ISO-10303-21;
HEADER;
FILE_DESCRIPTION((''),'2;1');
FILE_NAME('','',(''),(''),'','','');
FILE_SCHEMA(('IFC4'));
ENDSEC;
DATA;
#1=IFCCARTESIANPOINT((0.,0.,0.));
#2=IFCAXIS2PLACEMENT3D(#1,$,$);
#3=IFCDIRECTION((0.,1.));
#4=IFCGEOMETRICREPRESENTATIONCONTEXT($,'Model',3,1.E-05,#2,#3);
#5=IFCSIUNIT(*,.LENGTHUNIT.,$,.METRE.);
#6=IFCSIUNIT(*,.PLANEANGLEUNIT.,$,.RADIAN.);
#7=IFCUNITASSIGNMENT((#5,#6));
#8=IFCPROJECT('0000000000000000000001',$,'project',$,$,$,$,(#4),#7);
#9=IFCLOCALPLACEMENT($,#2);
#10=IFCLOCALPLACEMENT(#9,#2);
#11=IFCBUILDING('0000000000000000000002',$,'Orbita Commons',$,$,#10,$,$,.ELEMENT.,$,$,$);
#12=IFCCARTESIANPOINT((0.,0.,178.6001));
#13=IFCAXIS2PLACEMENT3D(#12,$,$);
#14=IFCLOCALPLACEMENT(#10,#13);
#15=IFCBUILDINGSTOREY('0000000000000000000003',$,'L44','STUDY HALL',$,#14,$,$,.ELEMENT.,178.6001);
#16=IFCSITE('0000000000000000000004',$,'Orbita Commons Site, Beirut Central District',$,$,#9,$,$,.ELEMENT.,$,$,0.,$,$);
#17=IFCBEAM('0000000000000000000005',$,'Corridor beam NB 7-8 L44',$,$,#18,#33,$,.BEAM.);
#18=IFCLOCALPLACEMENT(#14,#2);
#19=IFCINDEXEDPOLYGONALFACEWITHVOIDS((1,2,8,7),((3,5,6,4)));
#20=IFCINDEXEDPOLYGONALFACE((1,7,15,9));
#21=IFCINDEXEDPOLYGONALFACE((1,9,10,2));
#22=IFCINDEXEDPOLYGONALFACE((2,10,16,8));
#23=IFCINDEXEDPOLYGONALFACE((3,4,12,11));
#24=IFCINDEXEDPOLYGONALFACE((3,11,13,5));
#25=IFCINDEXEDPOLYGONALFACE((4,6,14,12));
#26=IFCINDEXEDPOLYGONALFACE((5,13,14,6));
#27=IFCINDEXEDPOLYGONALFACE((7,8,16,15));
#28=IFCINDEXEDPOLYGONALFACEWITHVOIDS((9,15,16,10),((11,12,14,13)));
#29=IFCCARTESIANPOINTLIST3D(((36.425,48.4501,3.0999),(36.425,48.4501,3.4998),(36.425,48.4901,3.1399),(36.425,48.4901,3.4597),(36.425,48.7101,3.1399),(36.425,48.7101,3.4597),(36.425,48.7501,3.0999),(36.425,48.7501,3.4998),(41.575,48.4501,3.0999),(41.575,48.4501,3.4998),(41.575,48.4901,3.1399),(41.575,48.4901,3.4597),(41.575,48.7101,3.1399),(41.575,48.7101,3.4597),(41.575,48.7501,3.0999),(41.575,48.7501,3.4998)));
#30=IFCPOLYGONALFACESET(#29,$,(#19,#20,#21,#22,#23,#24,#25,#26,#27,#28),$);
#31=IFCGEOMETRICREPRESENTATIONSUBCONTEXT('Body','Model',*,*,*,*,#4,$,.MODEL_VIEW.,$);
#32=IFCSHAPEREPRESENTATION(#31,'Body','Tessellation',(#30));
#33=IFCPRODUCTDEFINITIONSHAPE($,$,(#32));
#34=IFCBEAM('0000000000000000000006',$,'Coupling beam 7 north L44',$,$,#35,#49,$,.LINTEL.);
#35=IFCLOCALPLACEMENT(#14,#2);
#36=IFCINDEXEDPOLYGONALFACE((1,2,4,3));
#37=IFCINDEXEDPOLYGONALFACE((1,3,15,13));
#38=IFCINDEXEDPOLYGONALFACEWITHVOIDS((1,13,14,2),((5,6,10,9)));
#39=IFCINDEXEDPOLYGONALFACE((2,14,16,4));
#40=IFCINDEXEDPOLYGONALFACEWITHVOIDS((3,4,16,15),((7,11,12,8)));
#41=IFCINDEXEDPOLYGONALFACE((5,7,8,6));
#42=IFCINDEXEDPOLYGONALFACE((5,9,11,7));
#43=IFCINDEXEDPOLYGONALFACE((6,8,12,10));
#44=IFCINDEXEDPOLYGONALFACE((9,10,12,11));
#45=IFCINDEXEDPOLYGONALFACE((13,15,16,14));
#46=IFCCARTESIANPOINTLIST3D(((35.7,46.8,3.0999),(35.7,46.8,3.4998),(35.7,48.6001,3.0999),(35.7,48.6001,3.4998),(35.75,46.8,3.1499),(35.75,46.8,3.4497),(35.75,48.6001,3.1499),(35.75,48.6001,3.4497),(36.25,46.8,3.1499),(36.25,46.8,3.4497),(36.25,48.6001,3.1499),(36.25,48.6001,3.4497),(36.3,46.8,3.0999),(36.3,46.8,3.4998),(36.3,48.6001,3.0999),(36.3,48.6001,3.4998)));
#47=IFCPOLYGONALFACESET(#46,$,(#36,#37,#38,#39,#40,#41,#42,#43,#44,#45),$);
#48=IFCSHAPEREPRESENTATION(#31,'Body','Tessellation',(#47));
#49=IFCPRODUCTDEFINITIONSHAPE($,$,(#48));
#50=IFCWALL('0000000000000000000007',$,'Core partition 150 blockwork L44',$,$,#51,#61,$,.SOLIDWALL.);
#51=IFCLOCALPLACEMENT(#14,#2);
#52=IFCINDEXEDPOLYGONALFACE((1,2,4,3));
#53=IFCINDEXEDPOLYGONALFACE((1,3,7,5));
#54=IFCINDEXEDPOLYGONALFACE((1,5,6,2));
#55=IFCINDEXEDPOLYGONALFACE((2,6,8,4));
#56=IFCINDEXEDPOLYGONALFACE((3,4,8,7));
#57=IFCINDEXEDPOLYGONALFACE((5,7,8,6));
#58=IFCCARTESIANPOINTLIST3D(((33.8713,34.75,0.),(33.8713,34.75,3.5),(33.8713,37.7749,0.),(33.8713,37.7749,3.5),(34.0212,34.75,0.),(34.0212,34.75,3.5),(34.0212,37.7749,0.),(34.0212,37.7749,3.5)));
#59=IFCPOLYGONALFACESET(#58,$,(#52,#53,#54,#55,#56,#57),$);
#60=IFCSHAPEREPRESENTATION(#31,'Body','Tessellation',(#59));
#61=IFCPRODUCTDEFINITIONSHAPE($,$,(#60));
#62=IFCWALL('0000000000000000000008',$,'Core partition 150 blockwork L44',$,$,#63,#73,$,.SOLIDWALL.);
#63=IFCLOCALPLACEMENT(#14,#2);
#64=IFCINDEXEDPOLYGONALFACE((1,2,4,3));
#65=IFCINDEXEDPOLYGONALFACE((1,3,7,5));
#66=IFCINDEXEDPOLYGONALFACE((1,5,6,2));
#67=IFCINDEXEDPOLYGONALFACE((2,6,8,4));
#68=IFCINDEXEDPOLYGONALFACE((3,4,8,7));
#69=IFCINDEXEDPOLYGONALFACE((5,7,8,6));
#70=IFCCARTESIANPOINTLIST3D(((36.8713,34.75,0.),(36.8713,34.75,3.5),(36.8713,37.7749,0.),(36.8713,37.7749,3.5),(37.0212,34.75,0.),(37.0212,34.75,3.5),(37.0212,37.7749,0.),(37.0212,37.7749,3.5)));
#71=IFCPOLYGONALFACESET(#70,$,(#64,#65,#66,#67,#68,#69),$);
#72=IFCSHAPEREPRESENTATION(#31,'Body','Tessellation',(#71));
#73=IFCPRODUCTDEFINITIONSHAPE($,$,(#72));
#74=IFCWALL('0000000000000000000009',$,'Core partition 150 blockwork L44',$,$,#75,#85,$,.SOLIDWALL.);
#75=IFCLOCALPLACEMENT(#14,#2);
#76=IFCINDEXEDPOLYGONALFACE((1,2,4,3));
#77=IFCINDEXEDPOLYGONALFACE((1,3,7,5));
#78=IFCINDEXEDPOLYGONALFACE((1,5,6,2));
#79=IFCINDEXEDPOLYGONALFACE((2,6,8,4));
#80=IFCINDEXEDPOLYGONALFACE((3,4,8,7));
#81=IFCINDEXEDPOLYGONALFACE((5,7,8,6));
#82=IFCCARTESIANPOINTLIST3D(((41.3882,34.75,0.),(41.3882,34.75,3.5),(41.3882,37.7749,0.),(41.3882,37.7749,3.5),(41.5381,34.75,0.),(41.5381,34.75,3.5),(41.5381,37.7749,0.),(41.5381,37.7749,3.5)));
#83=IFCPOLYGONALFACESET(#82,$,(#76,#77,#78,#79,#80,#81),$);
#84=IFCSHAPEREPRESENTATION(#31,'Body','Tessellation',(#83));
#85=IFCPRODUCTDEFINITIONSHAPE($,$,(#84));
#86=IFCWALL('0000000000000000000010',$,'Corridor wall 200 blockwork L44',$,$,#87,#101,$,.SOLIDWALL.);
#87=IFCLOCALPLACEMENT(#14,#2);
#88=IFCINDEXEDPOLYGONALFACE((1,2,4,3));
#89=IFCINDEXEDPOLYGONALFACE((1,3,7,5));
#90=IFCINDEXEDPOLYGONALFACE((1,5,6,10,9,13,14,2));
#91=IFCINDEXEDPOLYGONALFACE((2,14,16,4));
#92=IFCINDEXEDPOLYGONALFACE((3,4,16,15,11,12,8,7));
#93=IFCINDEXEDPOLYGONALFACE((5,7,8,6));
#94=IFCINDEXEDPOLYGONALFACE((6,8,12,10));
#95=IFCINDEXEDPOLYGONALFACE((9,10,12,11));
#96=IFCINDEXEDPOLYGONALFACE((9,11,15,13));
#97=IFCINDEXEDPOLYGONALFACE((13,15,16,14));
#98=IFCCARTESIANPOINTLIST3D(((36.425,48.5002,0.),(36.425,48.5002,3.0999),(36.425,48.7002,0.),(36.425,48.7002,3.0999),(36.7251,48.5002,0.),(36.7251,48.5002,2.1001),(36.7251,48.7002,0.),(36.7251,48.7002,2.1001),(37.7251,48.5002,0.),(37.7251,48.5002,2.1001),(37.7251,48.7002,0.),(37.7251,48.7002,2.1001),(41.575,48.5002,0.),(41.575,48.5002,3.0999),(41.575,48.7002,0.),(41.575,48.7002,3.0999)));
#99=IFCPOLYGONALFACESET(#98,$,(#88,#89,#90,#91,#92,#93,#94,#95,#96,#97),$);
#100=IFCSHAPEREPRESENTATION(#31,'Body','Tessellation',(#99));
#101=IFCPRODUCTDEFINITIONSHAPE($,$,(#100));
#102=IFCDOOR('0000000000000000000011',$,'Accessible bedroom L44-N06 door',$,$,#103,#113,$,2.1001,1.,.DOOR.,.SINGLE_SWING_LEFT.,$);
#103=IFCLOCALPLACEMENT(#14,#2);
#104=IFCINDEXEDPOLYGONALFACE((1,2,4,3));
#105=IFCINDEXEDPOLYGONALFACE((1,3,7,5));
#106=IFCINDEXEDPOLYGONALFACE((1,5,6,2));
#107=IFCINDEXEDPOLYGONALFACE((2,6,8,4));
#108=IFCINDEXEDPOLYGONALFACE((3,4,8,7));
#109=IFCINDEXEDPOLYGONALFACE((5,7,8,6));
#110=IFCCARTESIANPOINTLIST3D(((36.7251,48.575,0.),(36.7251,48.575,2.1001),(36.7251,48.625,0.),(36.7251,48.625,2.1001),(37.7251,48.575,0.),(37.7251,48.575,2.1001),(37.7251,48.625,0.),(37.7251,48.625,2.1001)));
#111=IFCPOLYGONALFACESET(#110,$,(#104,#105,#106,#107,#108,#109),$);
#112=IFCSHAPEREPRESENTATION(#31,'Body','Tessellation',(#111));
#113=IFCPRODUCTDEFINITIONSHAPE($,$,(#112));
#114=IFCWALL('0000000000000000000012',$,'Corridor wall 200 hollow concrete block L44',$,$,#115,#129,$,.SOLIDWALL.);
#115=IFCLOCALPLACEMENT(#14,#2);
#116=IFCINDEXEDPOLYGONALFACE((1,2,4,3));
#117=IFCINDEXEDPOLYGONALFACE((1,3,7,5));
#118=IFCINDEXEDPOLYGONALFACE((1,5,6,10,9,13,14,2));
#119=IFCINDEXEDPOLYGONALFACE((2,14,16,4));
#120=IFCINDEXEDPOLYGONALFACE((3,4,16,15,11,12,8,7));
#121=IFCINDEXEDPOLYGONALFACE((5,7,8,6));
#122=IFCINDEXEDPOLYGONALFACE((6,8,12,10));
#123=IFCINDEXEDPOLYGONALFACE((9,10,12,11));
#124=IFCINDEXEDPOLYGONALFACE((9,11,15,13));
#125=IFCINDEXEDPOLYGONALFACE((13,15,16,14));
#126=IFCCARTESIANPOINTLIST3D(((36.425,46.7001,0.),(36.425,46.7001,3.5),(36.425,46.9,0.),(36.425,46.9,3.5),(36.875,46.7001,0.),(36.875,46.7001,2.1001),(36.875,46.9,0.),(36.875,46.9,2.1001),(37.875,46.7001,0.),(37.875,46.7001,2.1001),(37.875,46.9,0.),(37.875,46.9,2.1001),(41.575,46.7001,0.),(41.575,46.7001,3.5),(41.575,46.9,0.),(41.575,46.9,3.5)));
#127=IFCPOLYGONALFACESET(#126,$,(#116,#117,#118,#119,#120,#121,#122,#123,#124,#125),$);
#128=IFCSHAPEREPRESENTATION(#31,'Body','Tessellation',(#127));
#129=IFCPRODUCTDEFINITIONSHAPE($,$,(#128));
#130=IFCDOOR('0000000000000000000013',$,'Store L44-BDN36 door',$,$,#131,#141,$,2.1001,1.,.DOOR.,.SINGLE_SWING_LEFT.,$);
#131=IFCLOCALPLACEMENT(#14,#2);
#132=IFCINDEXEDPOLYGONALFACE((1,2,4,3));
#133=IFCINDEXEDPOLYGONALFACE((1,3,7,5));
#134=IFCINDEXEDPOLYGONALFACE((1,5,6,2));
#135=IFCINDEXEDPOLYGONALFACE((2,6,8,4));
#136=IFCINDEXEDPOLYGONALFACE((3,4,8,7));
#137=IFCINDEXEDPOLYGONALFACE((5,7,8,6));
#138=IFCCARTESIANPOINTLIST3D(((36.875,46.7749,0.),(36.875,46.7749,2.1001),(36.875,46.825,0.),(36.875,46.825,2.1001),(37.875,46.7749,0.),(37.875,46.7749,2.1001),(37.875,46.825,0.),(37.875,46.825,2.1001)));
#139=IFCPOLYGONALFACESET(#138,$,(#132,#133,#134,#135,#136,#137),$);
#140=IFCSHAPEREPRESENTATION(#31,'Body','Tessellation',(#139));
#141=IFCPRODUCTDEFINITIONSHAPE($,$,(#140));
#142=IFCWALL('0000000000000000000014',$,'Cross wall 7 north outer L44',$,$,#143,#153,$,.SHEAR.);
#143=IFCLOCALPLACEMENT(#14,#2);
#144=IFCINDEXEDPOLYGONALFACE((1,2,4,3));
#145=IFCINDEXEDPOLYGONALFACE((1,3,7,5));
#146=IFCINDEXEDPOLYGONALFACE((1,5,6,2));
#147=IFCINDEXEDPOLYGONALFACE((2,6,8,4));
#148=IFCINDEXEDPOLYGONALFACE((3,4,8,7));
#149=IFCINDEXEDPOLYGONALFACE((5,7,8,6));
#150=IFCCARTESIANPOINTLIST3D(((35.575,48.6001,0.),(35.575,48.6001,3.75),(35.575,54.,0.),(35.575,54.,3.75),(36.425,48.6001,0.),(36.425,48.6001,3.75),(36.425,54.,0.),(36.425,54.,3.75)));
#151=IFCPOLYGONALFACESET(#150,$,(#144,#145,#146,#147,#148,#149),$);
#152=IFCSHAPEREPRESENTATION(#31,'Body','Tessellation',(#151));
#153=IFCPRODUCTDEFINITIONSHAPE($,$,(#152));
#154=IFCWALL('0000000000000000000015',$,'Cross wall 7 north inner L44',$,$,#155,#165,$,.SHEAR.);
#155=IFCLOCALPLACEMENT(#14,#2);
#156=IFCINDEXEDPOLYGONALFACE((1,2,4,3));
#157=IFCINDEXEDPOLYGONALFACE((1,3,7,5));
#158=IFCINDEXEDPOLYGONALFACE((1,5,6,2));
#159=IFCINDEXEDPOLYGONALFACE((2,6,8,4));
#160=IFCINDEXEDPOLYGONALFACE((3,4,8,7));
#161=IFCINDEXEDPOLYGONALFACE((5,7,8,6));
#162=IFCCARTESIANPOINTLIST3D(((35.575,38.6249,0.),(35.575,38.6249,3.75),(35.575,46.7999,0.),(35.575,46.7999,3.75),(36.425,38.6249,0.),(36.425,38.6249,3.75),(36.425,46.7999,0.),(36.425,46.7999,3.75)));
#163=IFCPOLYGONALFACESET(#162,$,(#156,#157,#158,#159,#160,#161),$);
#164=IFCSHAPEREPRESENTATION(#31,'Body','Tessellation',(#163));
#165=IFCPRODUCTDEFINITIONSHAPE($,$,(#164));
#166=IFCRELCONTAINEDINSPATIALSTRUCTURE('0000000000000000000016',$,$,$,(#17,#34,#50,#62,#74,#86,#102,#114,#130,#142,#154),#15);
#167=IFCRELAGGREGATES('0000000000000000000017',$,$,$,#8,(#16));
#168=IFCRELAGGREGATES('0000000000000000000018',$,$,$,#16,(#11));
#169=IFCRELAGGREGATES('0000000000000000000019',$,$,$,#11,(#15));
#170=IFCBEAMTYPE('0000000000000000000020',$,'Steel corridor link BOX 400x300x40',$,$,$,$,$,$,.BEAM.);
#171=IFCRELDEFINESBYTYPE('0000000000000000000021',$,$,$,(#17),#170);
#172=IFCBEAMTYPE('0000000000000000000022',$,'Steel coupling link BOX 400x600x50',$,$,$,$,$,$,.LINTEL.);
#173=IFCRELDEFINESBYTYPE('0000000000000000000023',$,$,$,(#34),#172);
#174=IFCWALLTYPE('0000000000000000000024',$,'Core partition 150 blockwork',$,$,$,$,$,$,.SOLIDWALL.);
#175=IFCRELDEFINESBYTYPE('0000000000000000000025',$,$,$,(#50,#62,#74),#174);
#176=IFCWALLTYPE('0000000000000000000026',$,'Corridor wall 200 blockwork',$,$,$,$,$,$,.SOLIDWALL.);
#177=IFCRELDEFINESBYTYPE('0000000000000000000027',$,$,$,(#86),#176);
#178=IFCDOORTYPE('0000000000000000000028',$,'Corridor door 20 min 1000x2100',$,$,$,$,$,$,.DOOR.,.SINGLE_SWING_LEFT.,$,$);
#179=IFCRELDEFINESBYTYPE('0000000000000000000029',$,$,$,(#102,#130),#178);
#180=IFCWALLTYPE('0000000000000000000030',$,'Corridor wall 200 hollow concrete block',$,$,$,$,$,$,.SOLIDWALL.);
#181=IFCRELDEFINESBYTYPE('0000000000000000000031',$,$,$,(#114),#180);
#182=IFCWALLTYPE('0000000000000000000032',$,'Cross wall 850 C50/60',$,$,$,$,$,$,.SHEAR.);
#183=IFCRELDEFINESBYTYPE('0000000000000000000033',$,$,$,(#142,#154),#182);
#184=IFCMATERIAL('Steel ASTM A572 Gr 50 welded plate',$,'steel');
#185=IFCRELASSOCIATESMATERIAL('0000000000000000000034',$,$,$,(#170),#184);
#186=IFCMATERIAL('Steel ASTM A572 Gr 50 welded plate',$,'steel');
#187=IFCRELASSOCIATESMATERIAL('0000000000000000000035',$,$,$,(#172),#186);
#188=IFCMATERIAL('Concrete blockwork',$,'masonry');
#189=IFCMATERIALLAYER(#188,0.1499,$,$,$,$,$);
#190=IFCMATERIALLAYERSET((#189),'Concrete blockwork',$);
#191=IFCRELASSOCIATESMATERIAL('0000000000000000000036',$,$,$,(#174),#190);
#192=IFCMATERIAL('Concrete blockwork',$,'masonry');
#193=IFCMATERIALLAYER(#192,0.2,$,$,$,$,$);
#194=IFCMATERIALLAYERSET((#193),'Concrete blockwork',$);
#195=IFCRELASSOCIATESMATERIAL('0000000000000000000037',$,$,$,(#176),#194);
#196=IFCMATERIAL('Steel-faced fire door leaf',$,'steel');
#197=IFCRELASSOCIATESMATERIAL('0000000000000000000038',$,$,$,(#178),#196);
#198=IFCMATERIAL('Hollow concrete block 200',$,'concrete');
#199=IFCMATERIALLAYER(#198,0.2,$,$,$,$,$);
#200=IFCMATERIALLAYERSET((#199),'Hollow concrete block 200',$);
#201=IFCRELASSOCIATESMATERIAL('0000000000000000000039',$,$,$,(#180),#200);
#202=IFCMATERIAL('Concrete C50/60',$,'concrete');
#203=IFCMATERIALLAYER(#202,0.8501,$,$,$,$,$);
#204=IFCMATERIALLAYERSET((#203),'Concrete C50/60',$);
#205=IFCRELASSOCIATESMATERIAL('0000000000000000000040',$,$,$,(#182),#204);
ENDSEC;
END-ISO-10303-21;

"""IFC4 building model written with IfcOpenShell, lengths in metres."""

from ifc_helpers import new_model, si_unit, direction, frame, frame_2d, origin, origin_2d, place, context, subcontext, project, spatial, polyline, rectangle, hollow_rectangle, outline, extrude, material, layer, layer_set, material_profile, profile_set, type_object, element, fill, save


model = new_model("IFC4")

# Units and contexts
model_context = context("Model", 3, precision=1e-05, world=origin(), true_north=direction((0.0, 1.0)))
body_context = subcontext(model_context, "Body", "Model", "MODEL_VIEW")
ifc_project = project(units=[si_unit("LENGTHUNIT", "METRE"), si_unit("PLANEANGLEUNIT", "RADIAN")], contexts=[model_context])

# Site, building, storey
site_placement = place(None, origin())
site = spatial("IfcSite", under=ifc_project, at=site_placement, Name="Orbita Commons Site, Beirut Central District", CompositionType="ELEMENT", RefElevation=0.0)
building_placement = place(site_placement, origin())
building = spatial("IfcBuilding", under=site, at=building_placement, Name="Orbita Commons", CompositionType="ELEMENT")
storey_placement = place(building_placement, frame((0.0, 0.0, 178.6001)))
storey = spatial("IfcBuildingStorey", under=building, at=storey_placement, Name="L44", Description="STUDY HALL", CompositionType="ELEMENT", Elevation=178.6001)

# Beams
ifc_material_1 = material(Name="Steel ASTM A572 Gr 50 welded plate", Category="steel")
ifc_material_profile_1 = material_profile(ifc_material_1, hollow_rectangle(XDim=0.3, YDim=0.3999, WallThickness=0.04, at=origin_2d()), Name="BOX 400x300x40")
ifc_profile_set_1 = profile_set([ifc_material_profile_1], Name="Steel ASTM A572 Gr 50 welded plate")
beam_type_1 = type_object("IfcBeamType", Name="Steel corridor link BOX 400x300x40", PredefinedType="BEAM", material=ifc_profile_set_1)
beam_1_placement = place(storey_placement, frame((36.425, 48.6001, 3.2998), z_axis=(1.0, 0.0, 0.0), x_axis=(0.0, 1.0, 0.0)))
element("IfcBeam", 1, at=beam_1_placement, inside=storey, type_object=beam_type_1, Name="Corridor beam NB 7-8 L44", PredefinedType="BEAM", context=body_context, shape_type="SweptSolid", body=[
    extrude(hollow_rectangle(XDim=0.3, YDim=0.3999, WallThickness=0.04, at=origin_2d()), origin(), (0.0, 0.0, 1.0), 5.1499),
])
ifc_material_2 = material(Name="Steel ASTM A572 Gr 50 welded plate", Category="steel")
ifc_material_profile_2 = material_profile(ifc_material_2, hollow_rectangle(XDim=0.6001, YDim=0.3999, WallThickness=0.05, at=origin_2d()), Name="BOX 400x600x50")
ifc_profile_set_2 = profile_set([ifc_material_profile_2], Name="Steel ASTM A572 Gr 50 welded plate")
beam_type_2 = type_object("IfcBeamType", Name="Steel coupling link BOX 400x600x50", PredefinedType="LINTEL", material=ifc_profile_set_2)
beam_2_placement = place(storey_placement, frame((36.0, 46.8, 3.2998), z_axis=(0.0, 1.0, 0.0), x_axis=(-1.0, 0.0, 0.0)))
element("IfcBeam", 2, at=beam_2_placement, inside=storey, type_object=beam_type_2, Name="Coupling beam 7 north L44", PredefinedType="LINTEL", context=body_context, shape_type="SweptSolid", body=[
    extrude(hollow_rectangle(XDim=0.6001, YDim=0.3999, WallThickness=0.05, at=origin_2d()), origin(), (0.0, 0.0, 1.0), 1.8),
])

# Walls
ifc_material_3 = material(Name="Concrete blockwork", Category="masonry")
ifc_layer_1 = layer(ifc_material_3, 0.1499)
ifc_layer_set_1 = layer_set([ifc_layer_1], Name="Concrete blockwork")
wall_type_1 = type_object("IfcWallType", Name="Core partition 150 blockwork", PredefinedType="SOLIDWALL", material=ifc_layer_set_1)
for number, where, z_axis, x_axis, name in (
    (3, (33.9463, 34.75, 0.0), (0.0, 0.0, 1.0), (0.0, 1.0, 0.0), "Core partition 150 blockwork L44"),
    (4, (36.9463, 34.75, 0.0), (0.0, 0.0, 1.0), (0.0, 1.0, 0.0), "Core partition 150 blockwork L44"),
    (5, (41.4631, 34.75, 0.0), (0.0, 0.0, 1.0), (0.0, 1.0, 0.0), "Core partition 150 blockwork L44"),
):
    element("IfcWall", number, at=place(storey_placement, frame(where, z_axis=z_axis, x_axis=x_axis)), inside=storey, type_object=wall_type_1, Name=name, PredefinedType="SOLIDWALL", context=body_context, shape_type="SweptSolid", body=[
        extrude(rectangle(XDim=3.0249, YDim=0.1499, at=frame_2d((1.5125, 0.0))), origin(), (0.0, 0.0, 1.0), 3.5),
    ])

# Walls, openings, doors
ifc_material_4 = material(Name="Concrete blockwork", Category="masonry")
ifc_layer_2 = layer(ifc_material_4, 0.2)
ifc_layer_set_2 = layer_set([ifc_layer_2], Name="Concrete blockwork")
wall_type_2 = type_object("IfcWallType", Name="Corridor wall 200 blockwork", PredefinedType="SOLIDWALL", material=ifc_layer_set_2)
wall_1_placement = place(storey_placement, frame((36.425, 48.6001, 0.0), z_axis=(0.0, 0.0, 1.0), x_axis=(1.0, 0.0, 0.0)))
wall_1 = element("IfcWall", 6, at=wall_1_placement, inside=storey, type_object=wall_type_2, Name="Corridor wall 200 blockwork L44", PredefinedType="SOLIDWALL", context=body_context, shape_type="SweptSolid", body=[
    extrude(outline(polyline([(0.0, 0.0), (5.1499, 0.0), (5.1499, 3.0999), (0.0, 3.0999), (0.0, 0.0)])), frame((0.0, 0.1001, 0.0), z_axis=(0.0, -1.0, 0.0), x_axis=(1.0, 0.0, 0.0)), (0.0, 0.0, 1.0), 0.2),
])
opening_1_placement = place(wall_1_placement, frame((0.3, 0.0, 0.0)))
opening_1 = element("IfcOpeningElement", 7, at=opening_1_placement, cuts=wall_1, PredefinedType="OPENING", context=body_context, shape_type="SweptSolid", body=[
    extrude(rectangle(XDim=1.0, YDim=2.1001, at=frame_2d((0.5, 1.05))), frame((0.0, 0.1099, 0.0), z_axis=(0.0, -1.0, 0.0), x_axis=(1.0, 0.0, 0.0)), (0.0, 0.0, 1.0), 0.22),
])
ifc_material_5 = material(Name="Steel-faced fire door leaf", Category="steel")
door_type_1 = type_object("IfcDoorType", Name="Corridor door 20 min 1000x2100", OperationType="SINGLE_SWING_LEFT", PredefinedType="DOOR", material=ifc_material_5)
door_1_placement = place(opening_1_placement, origin())
door_1 = element("IfcDoor", 8, at=door_1_placement, inside=storey, type_object=door_type_1, Name="Accessible bedroom L44-N06 door", OperationType="SINGLE_SWING_LEFT", OverallHeight=2.1001, OverallWidth=1.0, PredefinedType="DOOR", context=body_context, shape_type="SweptSolid", body=[
    extrude(rectangle(XDim=1.0, YDim=2.1001, at=frame_2d((0.5, 1.05))), frame((0.0, 0.0249, 0.0), z_axis=(0.0, -1.0, 0.0), x_axis=(1.0, 0.0, 0.0)), (0.0, 0.0, 1.0), 0.05),
])
fill(opening_1, door_1)
ifc_material_6 = material(Name="Hollow concrete block 200", Category="concrete")
ifc_layer_3 = layer(ifc_material_6, 0.2)
ifc_layer_set_3 = layer_set([ifc_layer_3], Name="Hollow concrete block 200")
wall_type_3 = type_object("IfcWallType", Name="Corridor wall 200 hollow concrete block", PredefinedType="SOLIDWALL", material=ifc_layer_set_3)
wall_2_placement = place(storey_placement, frame((36.425, 46.8, 0.0), z_axis=(0.0, 0.0, 1.0), x_axis=(1.0, 0.0, 0.0)))
wall_2 = element("IfcWall", 9, at=wall_2_placement, inside=storey, type_object=wall_type_3, Name="Corridor wall 200 hollow concrete block L44", PredefinedType="SOLIDWALL", context=body_context, shape_type="SweptSolid", body=[
    extrude(rectangle(XDim=5.1499, YDim=0.2, at=frame_2d((2.575, 0.0))), origin(), (0.0, 0.0, 1.0), 3.5),
])
opening_2_placement = place(wall_2_placement, frame((0.45, 0.0, 0.0)))
opening_2 = element("IfcOpeningElement", 10, at=opening_2_placement, cuts=wall_2, PredefinedType="OPENING", context=body_context, shape_type="SweptSolid", body=[
    extrude(rectangle(XDim=1.0, YDim=2.1001, at=frame_2d((0.5, 1.05))), frame((0.0, 0.1099, 0.0), z_axis=(0.0, -1.0, 0.0), x_axis=(1.0, 0.0, 0.0)), (0.0, 0.0, 1.0), 0.22),
])
door_2_placement = place(opening_2_placement, origin())
door_2 = element("IfcDoor", 11, at=door_2_placement, inside=storey, type_object=door_type_1, Name="Store L44-BDN36 door", OperationType="SINGLE_SWING_LEFT", OverallHeight=2.1001, OverallWidth=1.0, PredefinedType="DOOR", context=body_context, shape_type="SweptSolid", body=[
    extrude(rectangle(XDim=1.0, YDim=2.1001, at=frame_2d((0.5, 1.05))), frame((0.0, 0.0249, 0.0), z_axis=(0.0, -1.0, 0.0), x_axis=(1.0, 0.0, 0.0)), (0.0, 0.0, 1.0), 0.05),
])
fill(opening_2, door_2)

# Walls
ifc_material_7 = material(Name="Concrete C50/60", Category="concrete")
ifc_layer_4 = layer(ifc_material_7, 0.8501)
ifc_layer_set_4 = layer_set([ifc_layer_4], Name="Concrete C50/60")
wall_type_4 = type_object("IfcWallType", Name="Cross wall 850 C50/60", PredefinedType="SHEAR", material=ifc_layer_set_4)
wall_3_placement = place(storey_placement, frame((36.0, 48.6001, 0.0), z_axis=(0.0, 0.0, 1.0), x_axis=(0.0, 1.0, 0.0)))
element("IfcWall", 12, at=wall_3_placement, inside=storey, type_object=wall_type_4, Name="Cross wall 7 north outer L44", PredefinedType="SHEAR", context=body_context, shape_type="SweptSolid", body=[
    extrude(rectangle(XDim=5.3999, YDim=0.8501, at=frame_2d((2.7, 0.0))), origin(), (0.0, 0.0, 1.0), 3.75),
])
wall_4_placement = place(storey_placement, frame((36.0, 38.625, 0.0), z_axis=(0.0, 0.0, 1.0), x_axis=(0.0, 1.0, 0.0)))
element("IfcWall", 13, at=wall_4_placement, inside=storey, type_object=wall_type_4, Name="Cross wall 7 north inner L44", PredefinedType="SHEAR", context=body_context, shape_type="SweptSolid", body=[
    extrude(rectangle(XDim=8.175, YDim=0.8501, at=frame_2d((4.0874, 0.0))), origin(), (0.0, 0.0, 1.0), 3.75),
])

save(model, "model.ifc")
